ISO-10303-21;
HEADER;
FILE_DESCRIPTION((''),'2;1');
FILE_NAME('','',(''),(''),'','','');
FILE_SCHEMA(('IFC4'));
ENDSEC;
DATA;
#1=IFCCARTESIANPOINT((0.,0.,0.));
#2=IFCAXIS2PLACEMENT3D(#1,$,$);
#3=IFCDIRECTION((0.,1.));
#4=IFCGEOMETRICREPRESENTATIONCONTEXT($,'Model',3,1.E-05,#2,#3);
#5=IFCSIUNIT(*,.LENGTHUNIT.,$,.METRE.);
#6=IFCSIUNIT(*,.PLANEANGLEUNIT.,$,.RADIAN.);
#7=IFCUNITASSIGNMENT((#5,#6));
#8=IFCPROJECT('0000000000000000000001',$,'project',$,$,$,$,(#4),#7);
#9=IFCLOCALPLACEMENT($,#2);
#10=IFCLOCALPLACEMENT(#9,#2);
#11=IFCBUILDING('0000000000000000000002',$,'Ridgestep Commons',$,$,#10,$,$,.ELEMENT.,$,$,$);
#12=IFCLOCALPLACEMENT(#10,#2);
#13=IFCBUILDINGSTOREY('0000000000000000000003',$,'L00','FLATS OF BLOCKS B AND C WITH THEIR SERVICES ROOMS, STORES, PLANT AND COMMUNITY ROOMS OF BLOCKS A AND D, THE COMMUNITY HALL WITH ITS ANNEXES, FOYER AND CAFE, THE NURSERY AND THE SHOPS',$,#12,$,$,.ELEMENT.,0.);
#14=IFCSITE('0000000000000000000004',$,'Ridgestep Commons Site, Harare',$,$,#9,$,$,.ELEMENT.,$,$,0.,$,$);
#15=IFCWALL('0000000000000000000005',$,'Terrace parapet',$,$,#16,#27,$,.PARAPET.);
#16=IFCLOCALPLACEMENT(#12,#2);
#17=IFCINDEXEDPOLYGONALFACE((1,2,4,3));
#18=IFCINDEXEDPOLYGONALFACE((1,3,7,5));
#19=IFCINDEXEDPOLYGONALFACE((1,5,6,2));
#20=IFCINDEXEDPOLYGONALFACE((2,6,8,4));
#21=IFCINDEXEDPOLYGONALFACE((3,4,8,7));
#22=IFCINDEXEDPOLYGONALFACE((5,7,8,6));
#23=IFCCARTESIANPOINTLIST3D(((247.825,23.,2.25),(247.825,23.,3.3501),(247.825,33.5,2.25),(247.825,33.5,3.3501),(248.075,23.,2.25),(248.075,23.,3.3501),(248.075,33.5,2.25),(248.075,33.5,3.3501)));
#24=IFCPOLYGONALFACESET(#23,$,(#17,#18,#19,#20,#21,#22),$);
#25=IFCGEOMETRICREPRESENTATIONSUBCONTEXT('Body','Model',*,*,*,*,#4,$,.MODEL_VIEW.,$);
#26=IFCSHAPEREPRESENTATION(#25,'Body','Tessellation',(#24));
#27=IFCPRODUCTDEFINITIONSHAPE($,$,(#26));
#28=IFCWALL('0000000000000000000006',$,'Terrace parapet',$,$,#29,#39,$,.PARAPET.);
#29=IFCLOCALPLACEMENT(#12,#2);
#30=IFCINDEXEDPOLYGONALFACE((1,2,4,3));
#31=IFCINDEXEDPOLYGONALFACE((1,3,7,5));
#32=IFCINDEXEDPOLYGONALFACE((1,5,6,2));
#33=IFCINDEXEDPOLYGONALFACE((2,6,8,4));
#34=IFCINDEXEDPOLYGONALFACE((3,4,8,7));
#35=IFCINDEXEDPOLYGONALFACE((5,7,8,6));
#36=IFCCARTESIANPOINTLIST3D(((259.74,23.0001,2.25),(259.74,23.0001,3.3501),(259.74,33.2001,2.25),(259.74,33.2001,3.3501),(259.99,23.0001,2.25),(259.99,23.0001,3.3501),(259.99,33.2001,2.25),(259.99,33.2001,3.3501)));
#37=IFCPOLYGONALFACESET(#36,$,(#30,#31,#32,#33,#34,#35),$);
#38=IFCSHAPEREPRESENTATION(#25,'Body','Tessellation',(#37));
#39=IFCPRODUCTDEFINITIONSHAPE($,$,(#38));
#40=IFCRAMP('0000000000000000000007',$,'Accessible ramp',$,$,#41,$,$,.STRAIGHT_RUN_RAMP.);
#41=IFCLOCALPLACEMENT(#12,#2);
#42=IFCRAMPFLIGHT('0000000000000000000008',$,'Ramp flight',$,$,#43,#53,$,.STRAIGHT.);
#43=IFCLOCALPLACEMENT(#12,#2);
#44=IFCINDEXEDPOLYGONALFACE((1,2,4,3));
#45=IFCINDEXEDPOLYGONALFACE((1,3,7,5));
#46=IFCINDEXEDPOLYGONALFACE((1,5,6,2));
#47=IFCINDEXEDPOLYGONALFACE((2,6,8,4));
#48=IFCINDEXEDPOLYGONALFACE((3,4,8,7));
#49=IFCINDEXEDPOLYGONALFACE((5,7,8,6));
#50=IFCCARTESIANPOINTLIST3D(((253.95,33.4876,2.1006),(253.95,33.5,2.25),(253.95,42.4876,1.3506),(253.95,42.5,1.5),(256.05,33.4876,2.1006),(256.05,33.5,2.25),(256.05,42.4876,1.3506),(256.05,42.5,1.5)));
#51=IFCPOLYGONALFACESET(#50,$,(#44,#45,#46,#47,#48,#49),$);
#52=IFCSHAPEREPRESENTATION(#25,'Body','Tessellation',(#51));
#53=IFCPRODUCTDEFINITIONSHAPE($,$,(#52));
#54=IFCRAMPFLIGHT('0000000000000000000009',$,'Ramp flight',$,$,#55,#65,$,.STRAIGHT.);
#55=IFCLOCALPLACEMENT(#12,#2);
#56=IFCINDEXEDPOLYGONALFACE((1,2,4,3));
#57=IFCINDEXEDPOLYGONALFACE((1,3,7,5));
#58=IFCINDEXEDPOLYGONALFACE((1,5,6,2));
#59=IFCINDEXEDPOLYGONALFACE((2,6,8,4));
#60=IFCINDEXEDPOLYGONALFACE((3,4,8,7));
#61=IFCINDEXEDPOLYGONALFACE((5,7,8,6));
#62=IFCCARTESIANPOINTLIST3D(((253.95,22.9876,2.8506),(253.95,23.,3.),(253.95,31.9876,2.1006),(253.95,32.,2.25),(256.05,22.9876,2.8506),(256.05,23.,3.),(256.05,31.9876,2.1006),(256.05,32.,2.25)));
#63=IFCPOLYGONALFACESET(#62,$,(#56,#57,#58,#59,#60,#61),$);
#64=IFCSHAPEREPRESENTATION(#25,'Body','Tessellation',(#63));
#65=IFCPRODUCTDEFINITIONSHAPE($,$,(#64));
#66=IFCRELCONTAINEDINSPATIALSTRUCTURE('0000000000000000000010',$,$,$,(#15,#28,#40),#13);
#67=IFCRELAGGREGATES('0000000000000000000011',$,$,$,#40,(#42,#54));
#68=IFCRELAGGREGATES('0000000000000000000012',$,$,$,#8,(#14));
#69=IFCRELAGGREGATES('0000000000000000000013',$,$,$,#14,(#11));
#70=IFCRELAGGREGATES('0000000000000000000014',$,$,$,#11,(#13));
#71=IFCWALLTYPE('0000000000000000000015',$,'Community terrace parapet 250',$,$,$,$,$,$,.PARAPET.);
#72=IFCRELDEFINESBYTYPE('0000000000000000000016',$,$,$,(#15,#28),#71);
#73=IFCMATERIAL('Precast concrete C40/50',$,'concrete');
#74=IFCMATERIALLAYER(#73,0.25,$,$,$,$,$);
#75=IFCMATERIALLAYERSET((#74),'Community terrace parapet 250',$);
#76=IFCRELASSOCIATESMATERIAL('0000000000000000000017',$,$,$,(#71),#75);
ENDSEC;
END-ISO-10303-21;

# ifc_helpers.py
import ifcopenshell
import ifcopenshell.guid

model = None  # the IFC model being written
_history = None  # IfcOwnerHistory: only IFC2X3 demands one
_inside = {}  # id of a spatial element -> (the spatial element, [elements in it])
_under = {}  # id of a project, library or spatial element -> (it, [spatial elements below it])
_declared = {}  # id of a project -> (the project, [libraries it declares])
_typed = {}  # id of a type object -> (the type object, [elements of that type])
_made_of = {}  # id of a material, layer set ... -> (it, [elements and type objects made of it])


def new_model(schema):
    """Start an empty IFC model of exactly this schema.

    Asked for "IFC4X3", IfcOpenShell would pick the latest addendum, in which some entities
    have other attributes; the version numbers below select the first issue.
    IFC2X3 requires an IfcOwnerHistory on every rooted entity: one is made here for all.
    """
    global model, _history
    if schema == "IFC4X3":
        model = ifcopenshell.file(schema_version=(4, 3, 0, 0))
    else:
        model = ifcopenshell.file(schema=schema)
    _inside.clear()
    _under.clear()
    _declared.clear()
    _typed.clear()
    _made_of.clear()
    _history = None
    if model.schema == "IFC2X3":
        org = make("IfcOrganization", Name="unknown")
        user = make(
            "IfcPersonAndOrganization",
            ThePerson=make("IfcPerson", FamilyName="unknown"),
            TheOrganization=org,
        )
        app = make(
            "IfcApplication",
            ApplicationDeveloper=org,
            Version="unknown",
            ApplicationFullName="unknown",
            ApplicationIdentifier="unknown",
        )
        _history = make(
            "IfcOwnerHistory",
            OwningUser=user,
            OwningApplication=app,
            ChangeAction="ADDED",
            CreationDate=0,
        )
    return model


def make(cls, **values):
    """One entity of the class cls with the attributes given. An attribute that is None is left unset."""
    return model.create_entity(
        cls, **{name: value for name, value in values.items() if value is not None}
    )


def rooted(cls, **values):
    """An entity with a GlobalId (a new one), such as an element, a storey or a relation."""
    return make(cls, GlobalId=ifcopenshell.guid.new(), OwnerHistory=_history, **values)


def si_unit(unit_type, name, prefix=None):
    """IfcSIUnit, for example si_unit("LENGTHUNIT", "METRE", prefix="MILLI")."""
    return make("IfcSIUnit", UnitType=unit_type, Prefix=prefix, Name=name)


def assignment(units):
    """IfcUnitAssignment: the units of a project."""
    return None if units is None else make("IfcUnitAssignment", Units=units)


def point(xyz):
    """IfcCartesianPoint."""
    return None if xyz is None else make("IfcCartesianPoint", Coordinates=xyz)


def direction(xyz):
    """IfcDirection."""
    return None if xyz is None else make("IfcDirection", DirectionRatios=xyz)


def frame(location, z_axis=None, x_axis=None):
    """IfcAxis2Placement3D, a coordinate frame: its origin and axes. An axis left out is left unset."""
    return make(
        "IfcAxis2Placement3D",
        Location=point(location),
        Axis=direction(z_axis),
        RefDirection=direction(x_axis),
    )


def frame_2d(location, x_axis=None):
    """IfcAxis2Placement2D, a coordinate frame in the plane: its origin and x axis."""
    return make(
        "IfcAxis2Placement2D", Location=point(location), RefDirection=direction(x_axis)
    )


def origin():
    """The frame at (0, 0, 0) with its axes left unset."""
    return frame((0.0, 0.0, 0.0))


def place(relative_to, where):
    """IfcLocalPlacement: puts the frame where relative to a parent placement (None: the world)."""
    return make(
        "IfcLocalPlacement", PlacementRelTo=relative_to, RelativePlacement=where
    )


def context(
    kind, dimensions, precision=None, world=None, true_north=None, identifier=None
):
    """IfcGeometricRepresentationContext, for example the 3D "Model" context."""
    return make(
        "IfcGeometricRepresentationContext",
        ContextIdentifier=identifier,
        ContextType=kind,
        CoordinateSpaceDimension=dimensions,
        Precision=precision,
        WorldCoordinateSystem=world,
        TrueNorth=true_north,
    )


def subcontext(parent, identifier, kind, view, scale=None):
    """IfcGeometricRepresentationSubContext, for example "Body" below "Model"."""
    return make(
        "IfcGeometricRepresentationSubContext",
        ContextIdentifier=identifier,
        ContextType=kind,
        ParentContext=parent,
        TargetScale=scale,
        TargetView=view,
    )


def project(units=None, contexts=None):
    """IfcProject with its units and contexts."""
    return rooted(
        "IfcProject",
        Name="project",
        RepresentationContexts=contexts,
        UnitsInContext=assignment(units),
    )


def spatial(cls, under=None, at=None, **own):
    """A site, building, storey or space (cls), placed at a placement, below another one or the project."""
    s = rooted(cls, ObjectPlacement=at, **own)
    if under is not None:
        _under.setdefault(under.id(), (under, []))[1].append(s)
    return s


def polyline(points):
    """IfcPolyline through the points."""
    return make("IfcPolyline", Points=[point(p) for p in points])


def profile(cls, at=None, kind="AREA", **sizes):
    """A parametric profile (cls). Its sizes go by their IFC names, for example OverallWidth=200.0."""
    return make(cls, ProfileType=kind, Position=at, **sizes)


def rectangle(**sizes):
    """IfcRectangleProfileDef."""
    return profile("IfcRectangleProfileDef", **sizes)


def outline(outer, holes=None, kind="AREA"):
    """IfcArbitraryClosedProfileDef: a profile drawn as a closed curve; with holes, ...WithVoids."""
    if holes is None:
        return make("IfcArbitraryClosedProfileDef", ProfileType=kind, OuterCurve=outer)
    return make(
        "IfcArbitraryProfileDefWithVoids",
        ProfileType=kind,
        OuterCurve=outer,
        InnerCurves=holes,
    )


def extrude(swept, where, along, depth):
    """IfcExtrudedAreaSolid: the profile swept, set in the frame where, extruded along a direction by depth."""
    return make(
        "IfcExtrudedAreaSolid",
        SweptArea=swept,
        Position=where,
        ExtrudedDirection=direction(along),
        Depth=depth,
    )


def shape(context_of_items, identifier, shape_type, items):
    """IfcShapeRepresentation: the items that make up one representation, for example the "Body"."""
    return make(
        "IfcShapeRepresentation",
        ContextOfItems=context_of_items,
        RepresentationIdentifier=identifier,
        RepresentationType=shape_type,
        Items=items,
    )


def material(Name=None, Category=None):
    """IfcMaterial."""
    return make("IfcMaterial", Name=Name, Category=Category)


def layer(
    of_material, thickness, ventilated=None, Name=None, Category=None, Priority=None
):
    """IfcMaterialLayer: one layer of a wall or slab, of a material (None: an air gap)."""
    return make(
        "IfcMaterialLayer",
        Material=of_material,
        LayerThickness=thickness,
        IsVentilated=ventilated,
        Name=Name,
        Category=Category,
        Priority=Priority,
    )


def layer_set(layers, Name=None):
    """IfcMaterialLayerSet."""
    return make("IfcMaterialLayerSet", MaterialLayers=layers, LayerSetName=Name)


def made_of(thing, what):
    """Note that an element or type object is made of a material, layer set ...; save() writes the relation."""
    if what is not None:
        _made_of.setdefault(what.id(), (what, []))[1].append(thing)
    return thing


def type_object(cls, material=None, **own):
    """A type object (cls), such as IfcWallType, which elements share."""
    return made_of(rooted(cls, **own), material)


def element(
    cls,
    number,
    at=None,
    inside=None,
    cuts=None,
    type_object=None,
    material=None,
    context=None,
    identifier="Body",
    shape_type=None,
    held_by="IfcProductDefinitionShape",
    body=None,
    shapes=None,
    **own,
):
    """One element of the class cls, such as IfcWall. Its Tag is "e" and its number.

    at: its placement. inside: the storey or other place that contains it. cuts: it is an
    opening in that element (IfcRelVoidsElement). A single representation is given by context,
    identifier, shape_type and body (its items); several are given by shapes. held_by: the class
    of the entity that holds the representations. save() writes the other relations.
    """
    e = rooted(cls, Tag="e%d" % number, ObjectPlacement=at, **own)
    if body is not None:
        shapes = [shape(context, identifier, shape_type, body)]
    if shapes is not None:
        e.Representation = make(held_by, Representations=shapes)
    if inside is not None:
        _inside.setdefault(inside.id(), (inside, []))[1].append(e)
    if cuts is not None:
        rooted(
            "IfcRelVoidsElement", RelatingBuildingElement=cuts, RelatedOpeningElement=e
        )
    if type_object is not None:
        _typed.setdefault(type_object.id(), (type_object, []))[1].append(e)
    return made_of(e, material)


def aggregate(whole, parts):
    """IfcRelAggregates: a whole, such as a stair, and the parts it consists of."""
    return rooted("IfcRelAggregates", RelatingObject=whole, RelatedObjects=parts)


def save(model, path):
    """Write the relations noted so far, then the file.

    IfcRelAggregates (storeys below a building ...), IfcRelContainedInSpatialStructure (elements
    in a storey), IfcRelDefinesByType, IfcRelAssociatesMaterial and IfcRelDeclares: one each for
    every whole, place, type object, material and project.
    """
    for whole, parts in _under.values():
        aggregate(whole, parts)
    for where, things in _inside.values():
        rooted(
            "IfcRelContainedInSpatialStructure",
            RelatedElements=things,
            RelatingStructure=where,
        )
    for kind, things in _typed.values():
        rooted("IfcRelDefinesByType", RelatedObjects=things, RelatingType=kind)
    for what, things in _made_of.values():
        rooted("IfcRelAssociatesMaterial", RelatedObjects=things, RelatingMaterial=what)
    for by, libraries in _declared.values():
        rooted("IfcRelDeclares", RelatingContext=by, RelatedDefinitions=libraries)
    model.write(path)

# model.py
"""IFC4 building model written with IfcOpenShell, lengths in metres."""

from ifc_helpers import new_model, si_unit, direction, frame, frame_2d, origin, place, context, subcontext, project, spatial, polyline, rectangle, outline, extrude, material, layer, layer_set, type_object, element, aggregate, save


model = new_model("IFC4")

# Units and contexts
model_context = context("Model", 3, precision=1e-05, world=origin(), true_north=direction((0.0, 1.0)))
body_context = subcontext(model_context, "Body", "Model", "MODEL_VIEW")
ifc_project = project(units=[si_unit("LENGTHUNIT", "METRE"), si_unit("PLANEANGLEUNIT", "RADIAN")], contexts=[model_context])

# Site, building, storey
site_placement = place(None, origin())
site = spatial("IfcSite", under=ifc_project, at=site_placement, Name="Ridgestep Commons Site, Harare", CompositionType="ELEMENT", RefElevation=0.0)
building_placement = place(site_placement, origin())
building = spatial("IfcBuilding", under=site, at=building_placement, Name="Ridgestep Commons", CompositionType="ELEMENT")
storey_placement = place(building_placement, origin())
storey = spatial("IfcBuildingStorey", under=building, at=storey_placement, Name="L00", Description="FLATS OF BLOCKS B AND C WITH THEIR SERVICES ROOMS, STORES, PLANT AND COMMUNITY ROOMS OF BLOCKS A AND D, THE COMMUNITY HALL WITH ITS ANNEXES, FOYER AND CAFE, THE NURSERY AND THE SHOPS", CompositionType="ELEMENT", Elevation=0.0)

# Walls
ifc_material_1 = material(Name="Precast concrete C40/50", Category="concrete")
ifc_layer_1 = layer(ifc_material_1, 0.25)
ifc_layer_set_1 = layer_set([ifc_layer_1], Name="Community terrace parapet 250")
wall_type_1 = type_object("IfcWallType", Name="Community terrace parapet 250", PredefinedType="PARAPET", material=ifc_layer_set_1)
wall_1_placement = place(storey_placement, frame((247.95, 23.0, 2.25), z_axis=(0.0, 0.0, 1.0), x_axis=(0.0, 1.0, 0.0)))
element("IfcWall", 1, at=wall_1_placement, inside=storey, type_object=wall_type_1, Name="Terrace parapet", PredefinedType="PARAPET", context=body_context, shape_type="SweptSolid", body=[
    extrude(rectangle(XDim=10.5, YDim=0.25, at=frame_2d((5.25, 0.0))), origin(), (0.0, 0.0, 1.0), 1.1001),
])
wall_2_placement = place(storey_placement, frame((259.865, 23.0, 2.25), z_axis=(0.0, 0.0, 1.0), x_axis=(0.0, 1.0, 0.0)))
element("IfcWall", 2, at=wall_2_placement, inside=storey, type_object=wall_type_1, Name="Terrace parapet", PredefinedType="PARAPET", context=body_context, shape_type="SweptSolid", body=[
    extrude(rectangle(XDim=10.2, YDim=0.25, at=frame_2d((5.1001, 0.0))), origin(), (0.0, 0.0, 1.0), 1.1001),
])

# Ramp, ramp flights
ramp_placement = place(storey_placement, origin())
ramp = element("IfcRamp", 3, at=ramp_placement, inside=storey, Name="Accessible ramp", PredefinedType="STRAIGHT_RUN_RAMP")
ramp_flight_1_placement = place(storey_placement, frame((253.95, 42.5, 1.5), z_axis=(0.0, 0.083045, 0.996546), x_axis=(1.0, 0.0, 0.0)))
ramp_flight_1 = element("IfcRampFlight", 4, at=ramp_flight_1_placement, Name="Ramp flight", PredefinedType="STRAIGHT", context=body_context, shape_type="SweptSolid", body=[
    extrude(outline(polyline([(0.0, 0.0), (2.1001, 0.0), (2.1001, -9.0312), (0.0, -9.0312), (0.0, 0.0)])), origin(), (0.0, 0.0, -1.0), 0.1499),
])
ramp_flight_2_placement = place(storey_placement, frame((253.95, 32.0, 2.25), z_axis=(0.0, 0.083045, 0.996546), x_axis=(1.0, 0.0, 0.0)))
ramp_flight_2 = element("IfcRampFlight", 5, at=ramp_flight_2_placement, Name="Ramp flight", PredefinedType="STRAIGHT", context=body_context, shape_type="SweptSolid", body=[
    extrude(outline(polyline([(0.0, 0.0), (2.1001, 0.0), (2.1001, -9.0312), (0.0, -9.0312), (0.0, 0.0)])), origin(), (0.0, 0.0, -1.0), 0.1499),
])
aggregate(ramp, [ramp_flight_1, ramp_flight_2])

save(model, "model.ifc")
